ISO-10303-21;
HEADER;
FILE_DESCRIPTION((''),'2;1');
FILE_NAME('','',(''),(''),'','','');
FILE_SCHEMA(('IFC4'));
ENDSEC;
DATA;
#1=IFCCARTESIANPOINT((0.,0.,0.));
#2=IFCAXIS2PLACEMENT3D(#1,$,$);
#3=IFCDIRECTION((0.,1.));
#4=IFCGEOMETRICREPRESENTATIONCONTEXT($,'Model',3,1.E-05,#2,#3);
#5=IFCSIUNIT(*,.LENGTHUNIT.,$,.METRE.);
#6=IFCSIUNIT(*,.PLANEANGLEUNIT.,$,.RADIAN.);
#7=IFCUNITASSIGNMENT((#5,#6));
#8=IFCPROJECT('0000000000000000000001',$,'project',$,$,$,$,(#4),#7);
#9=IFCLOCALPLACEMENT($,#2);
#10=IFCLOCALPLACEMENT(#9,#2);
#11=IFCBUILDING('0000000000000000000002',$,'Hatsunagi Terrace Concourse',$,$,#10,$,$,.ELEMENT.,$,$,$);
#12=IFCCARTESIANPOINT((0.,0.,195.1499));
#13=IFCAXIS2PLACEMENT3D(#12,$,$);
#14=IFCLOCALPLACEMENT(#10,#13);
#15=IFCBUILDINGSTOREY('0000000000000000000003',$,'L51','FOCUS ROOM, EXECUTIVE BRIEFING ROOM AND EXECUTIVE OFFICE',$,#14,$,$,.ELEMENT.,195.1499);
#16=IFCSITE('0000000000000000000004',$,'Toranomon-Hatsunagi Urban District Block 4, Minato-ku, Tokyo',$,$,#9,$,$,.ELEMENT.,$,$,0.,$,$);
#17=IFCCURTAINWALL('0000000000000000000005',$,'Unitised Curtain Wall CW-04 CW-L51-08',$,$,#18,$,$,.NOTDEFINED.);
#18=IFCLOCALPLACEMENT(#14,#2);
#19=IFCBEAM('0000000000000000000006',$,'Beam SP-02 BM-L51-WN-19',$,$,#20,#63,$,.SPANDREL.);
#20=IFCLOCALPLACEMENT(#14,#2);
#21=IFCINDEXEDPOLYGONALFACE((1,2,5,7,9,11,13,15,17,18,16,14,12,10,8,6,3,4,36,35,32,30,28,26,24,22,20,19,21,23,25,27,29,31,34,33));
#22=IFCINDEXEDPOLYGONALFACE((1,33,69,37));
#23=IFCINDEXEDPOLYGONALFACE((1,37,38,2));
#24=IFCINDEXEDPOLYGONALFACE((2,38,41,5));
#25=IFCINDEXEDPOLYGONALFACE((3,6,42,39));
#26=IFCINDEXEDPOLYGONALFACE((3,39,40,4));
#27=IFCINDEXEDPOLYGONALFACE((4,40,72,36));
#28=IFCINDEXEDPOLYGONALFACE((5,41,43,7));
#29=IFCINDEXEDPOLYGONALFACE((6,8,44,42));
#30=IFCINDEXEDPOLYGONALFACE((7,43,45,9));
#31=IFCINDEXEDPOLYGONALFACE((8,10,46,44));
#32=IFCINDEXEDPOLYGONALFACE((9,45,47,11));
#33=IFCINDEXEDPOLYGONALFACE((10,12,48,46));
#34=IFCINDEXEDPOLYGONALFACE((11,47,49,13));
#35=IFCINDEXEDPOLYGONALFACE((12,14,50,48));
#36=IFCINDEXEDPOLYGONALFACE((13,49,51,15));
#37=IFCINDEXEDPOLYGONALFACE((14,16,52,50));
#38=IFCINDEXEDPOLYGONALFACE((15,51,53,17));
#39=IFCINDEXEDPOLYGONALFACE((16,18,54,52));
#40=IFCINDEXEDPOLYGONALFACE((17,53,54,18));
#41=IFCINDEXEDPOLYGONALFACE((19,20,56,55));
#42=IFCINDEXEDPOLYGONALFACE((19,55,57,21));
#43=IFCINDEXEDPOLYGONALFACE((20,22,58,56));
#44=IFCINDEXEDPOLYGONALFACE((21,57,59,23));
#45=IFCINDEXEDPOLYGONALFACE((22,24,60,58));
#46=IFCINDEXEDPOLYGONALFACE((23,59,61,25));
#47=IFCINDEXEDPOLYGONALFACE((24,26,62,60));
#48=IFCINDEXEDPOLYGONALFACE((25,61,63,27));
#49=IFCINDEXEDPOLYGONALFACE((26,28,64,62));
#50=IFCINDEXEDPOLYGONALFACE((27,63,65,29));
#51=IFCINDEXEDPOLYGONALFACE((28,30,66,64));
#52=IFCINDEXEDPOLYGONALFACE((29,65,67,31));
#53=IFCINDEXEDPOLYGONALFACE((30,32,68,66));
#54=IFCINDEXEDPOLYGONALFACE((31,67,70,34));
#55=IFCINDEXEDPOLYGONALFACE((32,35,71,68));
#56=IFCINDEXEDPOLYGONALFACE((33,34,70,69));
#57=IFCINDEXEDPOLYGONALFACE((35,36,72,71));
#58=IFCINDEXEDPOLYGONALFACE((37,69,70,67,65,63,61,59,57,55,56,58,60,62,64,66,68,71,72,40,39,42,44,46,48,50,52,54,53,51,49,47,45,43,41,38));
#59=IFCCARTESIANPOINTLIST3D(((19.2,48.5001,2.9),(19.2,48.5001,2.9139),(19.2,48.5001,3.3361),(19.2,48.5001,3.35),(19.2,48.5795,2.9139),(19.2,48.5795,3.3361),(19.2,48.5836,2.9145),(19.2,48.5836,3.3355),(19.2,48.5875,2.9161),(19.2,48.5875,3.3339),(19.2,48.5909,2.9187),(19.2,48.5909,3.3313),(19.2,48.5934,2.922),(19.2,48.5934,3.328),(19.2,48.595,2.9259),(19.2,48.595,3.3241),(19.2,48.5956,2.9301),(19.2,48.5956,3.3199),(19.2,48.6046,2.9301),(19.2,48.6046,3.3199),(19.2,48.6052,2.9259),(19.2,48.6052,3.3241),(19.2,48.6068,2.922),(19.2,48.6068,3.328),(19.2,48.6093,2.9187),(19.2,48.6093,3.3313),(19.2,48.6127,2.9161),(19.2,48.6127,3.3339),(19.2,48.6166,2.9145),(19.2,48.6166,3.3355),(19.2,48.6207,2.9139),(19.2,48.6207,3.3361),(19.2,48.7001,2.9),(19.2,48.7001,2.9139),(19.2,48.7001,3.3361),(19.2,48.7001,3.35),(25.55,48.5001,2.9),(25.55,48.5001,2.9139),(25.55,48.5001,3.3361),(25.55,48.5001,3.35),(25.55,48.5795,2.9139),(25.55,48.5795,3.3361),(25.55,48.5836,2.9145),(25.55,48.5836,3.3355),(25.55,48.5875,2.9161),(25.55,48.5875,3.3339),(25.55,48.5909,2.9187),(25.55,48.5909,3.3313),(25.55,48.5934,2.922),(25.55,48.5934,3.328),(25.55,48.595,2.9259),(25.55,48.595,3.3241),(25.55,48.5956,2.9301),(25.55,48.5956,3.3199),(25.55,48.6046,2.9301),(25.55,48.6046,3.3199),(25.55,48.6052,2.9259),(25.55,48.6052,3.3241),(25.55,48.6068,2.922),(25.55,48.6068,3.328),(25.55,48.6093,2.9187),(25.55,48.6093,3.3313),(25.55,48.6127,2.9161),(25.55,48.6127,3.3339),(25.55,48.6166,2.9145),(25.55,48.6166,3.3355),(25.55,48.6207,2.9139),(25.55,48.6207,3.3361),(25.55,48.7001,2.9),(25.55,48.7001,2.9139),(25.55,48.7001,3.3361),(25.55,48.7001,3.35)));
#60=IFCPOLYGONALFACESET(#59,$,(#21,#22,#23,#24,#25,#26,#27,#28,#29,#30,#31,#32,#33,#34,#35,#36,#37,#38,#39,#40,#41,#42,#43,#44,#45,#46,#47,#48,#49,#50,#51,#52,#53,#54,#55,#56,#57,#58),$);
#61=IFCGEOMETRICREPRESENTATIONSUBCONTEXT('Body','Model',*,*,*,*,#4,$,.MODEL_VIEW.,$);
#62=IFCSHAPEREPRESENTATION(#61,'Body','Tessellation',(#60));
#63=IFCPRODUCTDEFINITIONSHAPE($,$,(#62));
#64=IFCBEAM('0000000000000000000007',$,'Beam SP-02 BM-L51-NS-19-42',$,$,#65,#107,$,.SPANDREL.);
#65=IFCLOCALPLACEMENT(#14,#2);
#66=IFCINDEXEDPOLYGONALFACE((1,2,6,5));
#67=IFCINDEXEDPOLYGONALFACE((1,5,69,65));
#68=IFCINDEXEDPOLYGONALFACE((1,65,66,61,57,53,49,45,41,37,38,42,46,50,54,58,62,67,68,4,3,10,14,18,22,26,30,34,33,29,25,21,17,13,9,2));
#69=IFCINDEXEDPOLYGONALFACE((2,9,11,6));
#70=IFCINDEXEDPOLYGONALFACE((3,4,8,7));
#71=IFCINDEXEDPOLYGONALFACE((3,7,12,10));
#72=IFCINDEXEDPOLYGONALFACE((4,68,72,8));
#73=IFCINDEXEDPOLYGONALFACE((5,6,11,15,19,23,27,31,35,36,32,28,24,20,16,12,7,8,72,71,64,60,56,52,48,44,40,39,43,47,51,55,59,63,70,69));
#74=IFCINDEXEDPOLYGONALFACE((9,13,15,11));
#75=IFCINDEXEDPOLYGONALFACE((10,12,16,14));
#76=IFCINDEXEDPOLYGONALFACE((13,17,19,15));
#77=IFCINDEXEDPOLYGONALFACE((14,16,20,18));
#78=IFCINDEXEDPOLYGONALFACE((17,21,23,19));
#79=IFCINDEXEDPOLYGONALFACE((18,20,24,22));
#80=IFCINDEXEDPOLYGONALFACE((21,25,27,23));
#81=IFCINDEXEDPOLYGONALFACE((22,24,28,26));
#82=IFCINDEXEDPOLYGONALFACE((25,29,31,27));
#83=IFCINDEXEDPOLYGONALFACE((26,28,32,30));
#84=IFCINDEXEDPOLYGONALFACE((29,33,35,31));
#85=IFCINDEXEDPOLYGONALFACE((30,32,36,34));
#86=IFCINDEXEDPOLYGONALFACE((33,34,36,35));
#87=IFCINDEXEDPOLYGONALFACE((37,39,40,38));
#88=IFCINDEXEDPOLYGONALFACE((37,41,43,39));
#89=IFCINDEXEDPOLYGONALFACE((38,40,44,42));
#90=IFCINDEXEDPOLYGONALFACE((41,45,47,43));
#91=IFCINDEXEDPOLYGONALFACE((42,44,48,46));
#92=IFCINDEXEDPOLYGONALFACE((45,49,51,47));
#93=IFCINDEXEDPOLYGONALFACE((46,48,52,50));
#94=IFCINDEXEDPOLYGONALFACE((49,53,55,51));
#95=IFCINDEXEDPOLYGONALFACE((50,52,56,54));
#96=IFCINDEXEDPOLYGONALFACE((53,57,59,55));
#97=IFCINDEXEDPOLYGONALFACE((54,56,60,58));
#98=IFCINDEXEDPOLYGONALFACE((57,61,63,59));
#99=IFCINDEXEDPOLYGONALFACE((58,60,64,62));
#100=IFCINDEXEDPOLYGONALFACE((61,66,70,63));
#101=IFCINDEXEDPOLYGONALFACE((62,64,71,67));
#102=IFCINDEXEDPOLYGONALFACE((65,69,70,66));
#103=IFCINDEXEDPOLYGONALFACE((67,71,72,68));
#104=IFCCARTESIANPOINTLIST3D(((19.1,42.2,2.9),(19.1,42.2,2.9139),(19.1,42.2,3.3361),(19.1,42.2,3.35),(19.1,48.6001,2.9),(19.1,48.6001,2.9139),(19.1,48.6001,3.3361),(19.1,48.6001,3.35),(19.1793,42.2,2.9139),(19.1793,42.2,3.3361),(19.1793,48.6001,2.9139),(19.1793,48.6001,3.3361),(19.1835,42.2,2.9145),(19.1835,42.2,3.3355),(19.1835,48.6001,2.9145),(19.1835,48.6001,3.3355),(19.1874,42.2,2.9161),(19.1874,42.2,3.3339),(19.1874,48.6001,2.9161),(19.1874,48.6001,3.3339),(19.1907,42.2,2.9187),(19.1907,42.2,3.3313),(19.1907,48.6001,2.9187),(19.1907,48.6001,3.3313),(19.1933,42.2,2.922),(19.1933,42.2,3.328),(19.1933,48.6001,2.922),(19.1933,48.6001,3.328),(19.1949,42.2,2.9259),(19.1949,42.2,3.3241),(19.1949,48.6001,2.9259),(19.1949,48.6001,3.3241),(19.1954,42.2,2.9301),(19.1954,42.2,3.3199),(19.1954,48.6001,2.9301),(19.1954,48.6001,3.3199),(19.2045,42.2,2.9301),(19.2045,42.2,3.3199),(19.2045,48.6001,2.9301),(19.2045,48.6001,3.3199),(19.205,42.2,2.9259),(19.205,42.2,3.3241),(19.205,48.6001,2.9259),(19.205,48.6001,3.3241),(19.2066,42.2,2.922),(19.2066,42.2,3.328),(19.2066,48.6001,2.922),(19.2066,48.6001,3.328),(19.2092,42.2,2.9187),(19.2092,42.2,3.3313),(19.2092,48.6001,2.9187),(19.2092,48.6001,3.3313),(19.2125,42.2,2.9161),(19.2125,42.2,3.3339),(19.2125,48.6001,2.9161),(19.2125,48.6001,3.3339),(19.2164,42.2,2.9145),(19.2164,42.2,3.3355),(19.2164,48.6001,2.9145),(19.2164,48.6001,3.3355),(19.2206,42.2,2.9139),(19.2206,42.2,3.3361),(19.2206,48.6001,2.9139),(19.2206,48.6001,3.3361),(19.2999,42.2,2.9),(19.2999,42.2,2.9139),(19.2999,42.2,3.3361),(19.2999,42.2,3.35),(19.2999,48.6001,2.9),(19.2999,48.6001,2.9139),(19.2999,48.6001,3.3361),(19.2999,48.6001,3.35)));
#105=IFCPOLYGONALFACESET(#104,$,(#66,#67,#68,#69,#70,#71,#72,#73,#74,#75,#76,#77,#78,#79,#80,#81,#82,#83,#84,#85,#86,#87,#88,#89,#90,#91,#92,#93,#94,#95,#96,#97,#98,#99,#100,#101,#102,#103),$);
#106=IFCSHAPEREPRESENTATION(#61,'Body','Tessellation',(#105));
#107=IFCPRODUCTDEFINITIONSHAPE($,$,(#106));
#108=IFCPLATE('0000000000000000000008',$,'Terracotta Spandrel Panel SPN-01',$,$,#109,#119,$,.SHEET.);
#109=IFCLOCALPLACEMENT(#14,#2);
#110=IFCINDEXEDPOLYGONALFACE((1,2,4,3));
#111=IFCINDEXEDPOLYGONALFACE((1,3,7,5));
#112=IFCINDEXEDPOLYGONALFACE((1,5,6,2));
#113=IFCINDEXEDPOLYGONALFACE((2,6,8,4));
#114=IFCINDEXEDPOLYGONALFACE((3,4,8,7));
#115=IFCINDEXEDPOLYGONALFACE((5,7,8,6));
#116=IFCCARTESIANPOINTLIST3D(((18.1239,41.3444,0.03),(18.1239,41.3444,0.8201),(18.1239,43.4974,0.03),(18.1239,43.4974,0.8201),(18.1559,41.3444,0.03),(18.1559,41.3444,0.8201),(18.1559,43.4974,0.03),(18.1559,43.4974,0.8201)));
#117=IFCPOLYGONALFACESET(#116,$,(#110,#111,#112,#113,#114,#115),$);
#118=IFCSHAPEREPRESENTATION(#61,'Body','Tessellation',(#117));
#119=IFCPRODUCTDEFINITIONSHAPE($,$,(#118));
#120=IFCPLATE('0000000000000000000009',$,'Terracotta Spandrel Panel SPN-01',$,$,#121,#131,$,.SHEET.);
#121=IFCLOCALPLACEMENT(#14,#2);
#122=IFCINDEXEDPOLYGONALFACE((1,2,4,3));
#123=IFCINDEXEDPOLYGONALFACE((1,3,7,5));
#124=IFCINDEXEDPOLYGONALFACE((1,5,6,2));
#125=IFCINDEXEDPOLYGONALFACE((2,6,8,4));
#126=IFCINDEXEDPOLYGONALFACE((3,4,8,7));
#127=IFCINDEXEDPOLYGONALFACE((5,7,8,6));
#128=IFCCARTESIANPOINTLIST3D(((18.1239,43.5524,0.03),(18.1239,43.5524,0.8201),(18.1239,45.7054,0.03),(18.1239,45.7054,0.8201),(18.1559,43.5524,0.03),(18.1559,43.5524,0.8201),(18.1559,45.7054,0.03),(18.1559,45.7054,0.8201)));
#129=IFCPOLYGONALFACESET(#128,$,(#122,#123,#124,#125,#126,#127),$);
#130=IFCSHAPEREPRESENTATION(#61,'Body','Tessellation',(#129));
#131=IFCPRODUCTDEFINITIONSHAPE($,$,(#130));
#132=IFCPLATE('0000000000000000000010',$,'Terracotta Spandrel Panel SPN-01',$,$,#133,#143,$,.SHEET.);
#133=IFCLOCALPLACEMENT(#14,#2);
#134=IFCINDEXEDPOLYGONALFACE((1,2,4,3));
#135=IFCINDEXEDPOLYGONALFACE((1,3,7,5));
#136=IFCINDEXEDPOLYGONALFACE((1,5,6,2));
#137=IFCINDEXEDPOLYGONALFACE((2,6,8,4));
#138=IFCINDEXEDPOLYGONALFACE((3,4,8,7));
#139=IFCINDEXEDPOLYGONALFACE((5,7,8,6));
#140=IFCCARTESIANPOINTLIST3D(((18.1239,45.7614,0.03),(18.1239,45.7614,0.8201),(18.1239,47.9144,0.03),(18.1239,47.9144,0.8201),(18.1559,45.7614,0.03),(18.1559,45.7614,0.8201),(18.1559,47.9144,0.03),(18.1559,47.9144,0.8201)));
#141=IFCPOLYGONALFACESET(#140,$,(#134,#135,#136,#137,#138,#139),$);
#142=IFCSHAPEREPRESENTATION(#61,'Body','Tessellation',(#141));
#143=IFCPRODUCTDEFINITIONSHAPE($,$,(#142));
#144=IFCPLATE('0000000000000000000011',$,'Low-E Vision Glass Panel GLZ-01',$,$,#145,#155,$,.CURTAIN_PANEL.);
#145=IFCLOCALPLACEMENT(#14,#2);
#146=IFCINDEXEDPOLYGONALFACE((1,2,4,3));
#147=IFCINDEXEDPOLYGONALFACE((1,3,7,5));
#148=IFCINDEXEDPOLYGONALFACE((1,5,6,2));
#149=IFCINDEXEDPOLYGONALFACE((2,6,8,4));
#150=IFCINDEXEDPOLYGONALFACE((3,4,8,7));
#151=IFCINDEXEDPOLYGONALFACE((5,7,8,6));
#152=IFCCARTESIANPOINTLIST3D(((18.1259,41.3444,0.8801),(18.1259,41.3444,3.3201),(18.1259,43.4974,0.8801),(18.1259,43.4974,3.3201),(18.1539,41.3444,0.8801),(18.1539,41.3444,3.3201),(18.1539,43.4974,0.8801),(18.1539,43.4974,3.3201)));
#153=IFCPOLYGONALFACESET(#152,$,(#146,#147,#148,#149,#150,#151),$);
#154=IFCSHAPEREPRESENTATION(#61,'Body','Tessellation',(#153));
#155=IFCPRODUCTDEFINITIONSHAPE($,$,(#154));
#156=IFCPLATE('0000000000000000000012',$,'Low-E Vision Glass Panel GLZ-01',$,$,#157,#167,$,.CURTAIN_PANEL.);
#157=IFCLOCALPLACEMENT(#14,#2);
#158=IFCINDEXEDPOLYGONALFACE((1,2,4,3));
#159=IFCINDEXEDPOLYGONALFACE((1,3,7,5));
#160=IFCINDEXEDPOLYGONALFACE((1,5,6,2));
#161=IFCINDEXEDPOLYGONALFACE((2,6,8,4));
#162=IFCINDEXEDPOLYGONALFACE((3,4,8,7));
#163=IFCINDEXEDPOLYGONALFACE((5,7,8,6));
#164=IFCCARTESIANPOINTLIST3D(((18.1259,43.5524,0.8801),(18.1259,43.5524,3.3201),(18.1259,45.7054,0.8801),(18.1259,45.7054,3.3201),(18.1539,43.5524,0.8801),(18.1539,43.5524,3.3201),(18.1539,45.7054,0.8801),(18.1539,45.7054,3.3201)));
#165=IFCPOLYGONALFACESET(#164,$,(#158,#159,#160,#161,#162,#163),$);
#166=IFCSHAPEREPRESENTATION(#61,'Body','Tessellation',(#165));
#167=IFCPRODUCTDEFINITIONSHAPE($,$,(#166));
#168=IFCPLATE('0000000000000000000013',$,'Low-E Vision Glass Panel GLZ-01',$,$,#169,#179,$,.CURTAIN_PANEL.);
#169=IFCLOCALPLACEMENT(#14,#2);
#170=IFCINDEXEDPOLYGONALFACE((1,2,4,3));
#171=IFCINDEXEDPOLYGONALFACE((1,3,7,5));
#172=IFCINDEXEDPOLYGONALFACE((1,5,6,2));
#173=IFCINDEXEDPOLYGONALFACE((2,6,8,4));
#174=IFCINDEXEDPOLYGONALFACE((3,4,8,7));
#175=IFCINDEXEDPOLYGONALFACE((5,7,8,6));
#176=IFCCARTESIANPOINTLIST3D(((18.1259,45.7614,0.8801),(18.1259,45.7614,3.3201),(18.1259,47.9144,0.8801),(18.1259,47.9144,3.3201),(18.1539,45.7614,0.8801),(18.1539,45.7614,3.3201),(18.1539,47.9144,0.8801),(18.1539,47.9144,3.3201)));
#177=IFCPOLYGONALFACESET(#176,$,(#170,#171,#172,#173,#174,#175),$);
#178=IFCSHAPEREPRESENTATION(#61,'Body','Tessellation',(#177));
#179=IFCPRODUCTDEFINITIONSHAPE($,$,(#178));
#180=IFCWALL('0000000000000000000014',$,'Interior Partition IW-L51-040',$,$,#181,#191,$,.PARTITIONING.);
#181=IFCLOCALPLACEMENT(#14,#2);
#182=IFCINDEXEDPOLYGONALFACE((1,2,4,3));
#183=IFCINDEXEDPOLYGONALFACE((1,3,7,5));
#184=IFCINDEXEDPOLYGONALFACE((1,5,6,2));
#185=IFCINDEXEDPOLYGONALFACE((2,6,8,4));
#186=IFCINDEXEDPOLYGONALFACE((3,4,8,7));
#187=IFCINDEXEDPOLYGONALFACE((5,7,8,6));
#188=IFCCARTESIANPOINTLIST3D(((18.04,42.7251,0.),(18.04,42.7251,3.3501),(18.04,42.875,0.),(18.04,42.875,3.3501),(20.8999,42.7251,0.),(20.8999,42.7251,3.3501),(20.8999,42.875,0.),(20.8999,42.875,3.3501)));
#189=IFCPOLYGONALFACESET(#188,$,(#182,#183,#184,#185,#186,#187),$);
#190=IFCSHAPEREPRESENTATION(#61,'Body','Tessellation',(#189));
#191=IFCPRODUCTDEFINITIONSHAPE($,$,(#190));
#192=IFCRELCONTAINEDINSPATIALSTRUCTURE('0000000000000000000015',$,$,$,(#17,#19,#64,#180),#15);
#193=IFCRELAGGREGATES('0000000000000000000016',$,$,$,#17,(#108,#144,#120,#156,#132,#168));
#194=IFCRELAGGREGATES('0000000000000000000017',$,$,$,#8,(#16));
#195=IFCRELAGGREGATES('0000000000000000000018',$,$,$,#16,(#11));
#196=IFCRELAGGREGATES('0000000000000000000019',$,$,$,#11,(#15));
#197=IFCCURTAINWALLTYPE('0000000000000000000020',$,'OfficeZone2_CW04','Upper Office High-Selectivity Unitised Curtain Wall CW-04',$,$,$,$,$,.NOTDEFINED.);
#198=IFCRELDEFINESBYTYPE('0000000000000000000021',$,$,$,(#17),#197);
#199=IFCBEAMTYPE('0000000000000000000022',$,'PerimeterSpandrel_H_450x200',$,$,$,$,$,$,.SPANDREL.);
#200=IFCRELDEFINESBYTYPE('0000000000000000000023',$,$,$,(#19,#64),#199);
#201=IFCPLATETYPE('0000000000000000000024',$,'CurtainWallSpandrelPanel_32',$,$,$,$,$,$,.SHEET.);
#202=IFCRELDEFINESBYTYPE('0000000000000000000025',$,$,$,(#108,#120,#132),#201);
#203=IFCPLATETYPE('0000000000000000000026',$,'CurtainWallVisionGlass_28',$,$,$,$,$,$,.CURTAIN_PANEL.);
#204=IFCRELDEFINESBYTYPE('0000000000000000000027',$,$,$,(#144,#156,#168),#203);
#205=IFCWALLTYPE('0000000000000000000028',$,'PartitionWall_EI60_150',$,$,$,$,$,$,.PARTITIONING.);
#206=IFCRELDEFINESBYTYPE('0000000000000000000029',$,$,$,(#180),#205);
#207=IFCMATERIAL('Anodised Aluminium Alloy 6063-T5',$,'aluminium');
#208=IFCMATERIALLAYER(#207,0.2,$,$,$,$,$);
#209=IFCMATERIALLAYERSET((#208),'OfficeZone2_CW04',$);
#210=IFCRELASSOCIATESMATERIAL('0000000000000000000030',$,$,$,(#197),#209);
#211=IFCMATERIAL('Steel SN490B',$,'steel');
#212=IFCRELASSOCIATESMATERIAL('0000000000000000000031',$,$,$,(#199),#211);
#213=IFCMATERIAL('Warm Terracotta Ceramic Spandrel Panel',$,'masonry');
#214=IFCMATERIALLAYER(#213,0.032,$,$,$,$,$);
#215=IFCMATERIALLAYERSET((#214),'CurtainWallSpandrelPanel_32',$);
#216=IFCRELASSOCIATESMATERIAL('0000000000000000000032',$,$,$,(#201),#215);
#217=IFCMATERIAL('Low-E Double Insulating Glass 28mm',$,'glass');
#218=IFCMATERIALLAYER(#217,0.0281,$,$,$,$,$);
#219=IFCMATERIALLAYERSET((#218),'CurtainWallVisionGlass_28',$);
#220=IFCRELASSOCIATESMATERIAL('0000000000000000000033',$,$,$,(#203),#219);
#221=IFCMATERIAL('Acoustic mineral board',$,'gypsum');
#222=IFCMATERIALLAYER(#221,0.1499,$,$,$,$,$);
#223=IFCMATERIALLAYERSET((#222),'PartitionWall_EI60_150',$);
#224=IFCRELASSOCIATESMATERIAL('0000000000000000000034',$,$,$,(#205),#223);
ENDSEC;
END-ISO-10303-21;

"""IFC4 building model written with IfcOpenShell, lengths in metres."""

from ifc_helpers import new_model, si_unit, direction, frame, frame_2d, origin, origin_2d, place, context, subcontext, project, spatial, rectangle, i_section, extrude, material, layer, layer_set, material_profile, profile_set, type_object, element, aggregate, save


model = new_model("IFC4")

# Units and contexts
model_context = context("Model", 3, precision=1e-05, world=origin(), true_north=direction((0.0, 1.0)))
body_context = subcontext(model_context, "Body", "Model", "MODEL_VIEW")
ifc_project = project(units=[si_unit("LENGTHUNIT", "METRE"), si_unit("PLANEANGLEUNIT", "RADIAN")], contexts=[model_context])

# Site, building, storey
site_placement = place(None, origin())
site = spatial("IfcSite", under=ifc_project, at=site_placement, Name="Toranomon-Hatsunagi Urban District Block 4, Minato-ku, Tokyo", CompositionType="ELEMENT", RefElevation=0.0)
building_placement = place(site_placement, origin())
building = spatial("IfcBuilding", under=site, at=building_placement, Name="Hatsunagi Terrace Concourse", CompositionType="ELEMENT")
storey_placement = place(building_placement, frame((0.0, 0.0, 195.1499)))
storey = spatial("IfcBuildingStorey", under=building, at=storey_placement, Name="L51", Description="FOCUS ROOM, EXECUTIVE BRIEFING ROOM AND EXECUTIVE OFFICE", CompositionType="ELEMENT", Elevation=195.1499)

# Curtain wall
ifc_material_1 = material(Name="Anodised Aluminium Alloy 6063-T5", Category="aluminium")
ifc_layer_1 = layer(ifc_material_1, 0.2)
ifc_layer_set_1 = layer_set([ifc_layer_1], Name="OfficeZone2_CW04")
curtain_wall_type = type_object("IfcCurtainWallType", Name="OfficeZone2_CW04", Description="Upper Office High-Selectivity Unitised Curtain Wall CW-04", PredefinedType="NOTDEFINED", material=ifc_layer_set_1)
curtain_wall_placement = place(storey_placement, origin())
curtain_wall = element("IfcCurtainWall", 1, at=curtain_wall_placement, inside=storey, type_object=curtain_wall_type, Name="Unitised Curtain Wall CW-04 CW-L51-08", PredefinedType="NOTDEFINED")

# Beams
ifc_material_2 = material(Name="Steel SN490B", Category="steel")
ifc_material_profile_1 = material_profile(ifc_material_2, i_section(OverallWidth=0.2, OverallDepth=0.45, WebThickness=0.009, FlangeThickness=0.0139, FilletRadius=0.0161, at=origin_2d()), Name="H-450x200x9x14")
ifc_profile_set_1 = profile_set([ifc_material_profile_1], Name="Steel SN490B")
beam_type_1 = type_object("IfcBeamType", Name="PerimeterSpandrel_H_450x200", PredefinedType="SPANDREL", material=ifc_profile_set_1)
beam_1_placement = place(storey_placement, frame((19.2, 48.6001, 3.125), z_axis=(1.0, 0.0, 0.0), x_axis=(0.0, 1.0, 0.0)))
element("IfcBeam", 2, at=beam_1_placement, inside=storey, type_object=beam_type_1, Name="Beam SP-02 BM-L51-WN-19", PredefinedType="SPANDREL", context=body_context, shape_type="SweptSolid", body=[
    extrude(i_section(OverallWidth=0.2, OverallDepth=0.45, WebThickness=0.009, FlangeThickness=0.0139, FilletRadius=0.0161, at=origin_2d()), origin(), (0.0, 0.0, 1.0), 6.3501),
])
beam_2_placement = place(storey_placement, frame((19.2, 42.2, 3.125), z_axis=(0.0, 1.0, 0.0), x_axis=(-1.0, 0.0, 0.0)))
element("IfcBeam", 3, at=beam_2_placement, inside=storey, type_object=beam_type_1, Name="Beam SP-02 BM-L51-NS-19-42", PredefinedType="SPANDREL", context=body_context, shape_type="SweptSolid", body=[
    extrude(i_section(OverallWidth=0.2, OverallDepth=0.45, WebThickness=0.009, FlangeThickness=0.0139, FilletRadius=0.0161, at=origin_2d()), origin(), (0.0, 0.0, 1.0), 6.4001),
])

# Plates
ifc_material_3 = material(Name="Warm Terracotta Ceramic Spandrel Panel", Category="masonry")
ifc_layer_2 = layer(ifc_material_3, 0.032)
ifc_layer_set_2 = layer_set([ifc_layer_2], Name="CurtainWallSpandrelPanel_32")
plate_type_1 = type_object("IfcPlateType", Name="CurtainWallSpandrelPanel_32", PredefinedType="SHEET", material=ifc_layer_set_2)
plate_1_placement = place(storey_placement, frame((18.1399, 42.4209, 0.03), z_axis=(0.0, 0.0, 1.0), x_axis=(0.0, 1.0, 0.0)))
plate_1 = element("IfcPlate", 4, at=plate_1_placement, type_object=plate_type_1, Name="Terracotta Spandrel Panel SPN-01", PredefinedType="SHEET", context=body_context, shape_type="SweptSolid", body=[
    extrude(rectangle(XDim=2.1531, YDim=0.032, at=origin_2d()), origin(), (0.0, 0.0, 1.0), 0.79),
])
plate_2_placement = place(storey_placement, frame((18.1399, 44.6289, 0.03), z_axis=(0.0, 0.0, 1.0), x_axis=(0.0, 1.0, 0.0)))
plate_2 = element("IfcPlate", 5, at=plate_2_placement, type_object=plate_type_1, Name="Terracotta Spandrel Panel SPN-01", PredefinedType="SHEET", context=body_context, shape_type="SweptSolid", body=[
    extrude(rectangle(XDim=2.1531, YDim=0.032, at=origin_2d()), origin(), (0.0, 0.0, 1.0), 0.79),
])
plate_3_placement = place(storey_placement, frame((18.1399, 46.8379, 0.03), z_axis=(0.0, 0.0, 1.0), x_axis=(0.0, 1.0, 0.0)))
plate_3 = element("IfcPlate", 6, at=plate_3_placement, type_object=plate_type_1, Name="Terracotta Spandrel Panel SPN-01", PredefinedType="SHEET", context=body_context, shape_type="SweptSolid", body=[
    extrude(rectangle(XDim=2.1531, YDim=0.032, at=origin_2d()), origin(), (0.0, 0.0, 1.0), 0.79),
])
ifc_material_4 = material(Name="Low-E Double Insulating Glass 28mm", Category="glass")
ifc_layer_3 = layer(ifc_material_4, 0.0281)
ifc_layer_set_3 = layer_set([ifc_layer_3], Name="CurtainWallVisionGlass_28")
plate_type_2 = type_object("IfcPlateType", Name="CurtainWallVisionGlass_28", PredefinedType="CURTAIN_PANEL", material=ifc_layer_set_3)
plate_4_placement = place(storey_placement, frame((18.1399, 42.4209, 0.8801), z_axis=(0.0, 0.0, 1.0), x_axis=(0.0, 1.0, 0.0)))
plate_4 = element("IfcPlate", 7, at=plate_4_placement, type_object=plate_type_2, Name="Low-E Vision Glass Panel GLZ-01", PredefinedType="CURTAIN_PANEL", context=body_context, shape_type="SweptSolid", body=[
    extrude(rectangle(XDim=2.1531, YDim=0.0281, at=origin_2d()), origin(), (0.0, 0.0, 1.0), 2.4399),
])
plate_5_placement = place(storey_placement, frame((18.1399, 44.6289, 0.8801), z_axis=(0.0, 0.0, 1.0), x_axis=(0.0, 1.0, 0.0)))
plate_5 = element("IfcPlate", 8, at=plate_5_placement, type_object=plate_type_2, Name="Low-E Vision Glass Panel GLZ-01", PredefinedType="CURTAIN_PANEL", context=body_context, shape_type="SweptSolid", body=[
    extrude(rectangle(XDim=2.1531, YDim=0.0281, at=origin_2d()), origin(), (0.0, 0.0, 1.0), 2.4399),
])
plate_6_placement = place(storey_placement, frame((18.1399, 46.8379, 0.8801), z_axis=(0.0, 0.0, 1.0), x_axis=(0.0, 1.0, 0.0)))
plate_6 = element("IfcPlate", 9, at=plate_6_placement, type_object=plate_type_2, Name="Low-E Vision Glass Panel GLZ-01", PredefinedType="CURTAIN_PANEL", context=body_context, shape_type="SweptSolid", body=[
    extrude(rectangle(XDim=2.1531, YDim=0.0281, at=origin_2d()), origin(), (0.0, 0.0, 1.0), 2.4399),
])
aggregate(curtain_wall, [plate_1, plate_4, plate_2, plate_5, plate_3, plate_6])

# Wall
ifc_material_5 = material(Name="Acoustic mineral board", Category="gypsum")
ifc_layer_4 = layer(ifc_material_5, 0.1499)
ifc_layer_set_4 = layer_set([ifc_layer_4], Name="PartitionWall_EI60_150")
wall_type_1 = type_object("IfcWallType", Name="PartitionWall_EI60_150", PredefinedType="PARTITIONING", material=ifc_layer_set_4)
wall_1_placement = place(storey_placement, frame((18.04, 42.8, 0.0), z_axis=(0.0, 0.0, 1.0), x_axis=(1.0, 0.0, 0.0)))
element("IfcWall", 10, at=wall_1_placement, inside=storey, type_object=wall_type_1, Name="Interior Partition IW-L51-040", PredefinedType="PARTITIONING", context=body_context, shape_type="SweptSolid", body=[
    extrude(rectangle(XDim=2.8599, YDim=0.1499, at=frame_2d((1.4299, 0.0))), origin(), (0.0, 0.0, 1.0), 3.3501),
])

save(model, "model.ifc")
